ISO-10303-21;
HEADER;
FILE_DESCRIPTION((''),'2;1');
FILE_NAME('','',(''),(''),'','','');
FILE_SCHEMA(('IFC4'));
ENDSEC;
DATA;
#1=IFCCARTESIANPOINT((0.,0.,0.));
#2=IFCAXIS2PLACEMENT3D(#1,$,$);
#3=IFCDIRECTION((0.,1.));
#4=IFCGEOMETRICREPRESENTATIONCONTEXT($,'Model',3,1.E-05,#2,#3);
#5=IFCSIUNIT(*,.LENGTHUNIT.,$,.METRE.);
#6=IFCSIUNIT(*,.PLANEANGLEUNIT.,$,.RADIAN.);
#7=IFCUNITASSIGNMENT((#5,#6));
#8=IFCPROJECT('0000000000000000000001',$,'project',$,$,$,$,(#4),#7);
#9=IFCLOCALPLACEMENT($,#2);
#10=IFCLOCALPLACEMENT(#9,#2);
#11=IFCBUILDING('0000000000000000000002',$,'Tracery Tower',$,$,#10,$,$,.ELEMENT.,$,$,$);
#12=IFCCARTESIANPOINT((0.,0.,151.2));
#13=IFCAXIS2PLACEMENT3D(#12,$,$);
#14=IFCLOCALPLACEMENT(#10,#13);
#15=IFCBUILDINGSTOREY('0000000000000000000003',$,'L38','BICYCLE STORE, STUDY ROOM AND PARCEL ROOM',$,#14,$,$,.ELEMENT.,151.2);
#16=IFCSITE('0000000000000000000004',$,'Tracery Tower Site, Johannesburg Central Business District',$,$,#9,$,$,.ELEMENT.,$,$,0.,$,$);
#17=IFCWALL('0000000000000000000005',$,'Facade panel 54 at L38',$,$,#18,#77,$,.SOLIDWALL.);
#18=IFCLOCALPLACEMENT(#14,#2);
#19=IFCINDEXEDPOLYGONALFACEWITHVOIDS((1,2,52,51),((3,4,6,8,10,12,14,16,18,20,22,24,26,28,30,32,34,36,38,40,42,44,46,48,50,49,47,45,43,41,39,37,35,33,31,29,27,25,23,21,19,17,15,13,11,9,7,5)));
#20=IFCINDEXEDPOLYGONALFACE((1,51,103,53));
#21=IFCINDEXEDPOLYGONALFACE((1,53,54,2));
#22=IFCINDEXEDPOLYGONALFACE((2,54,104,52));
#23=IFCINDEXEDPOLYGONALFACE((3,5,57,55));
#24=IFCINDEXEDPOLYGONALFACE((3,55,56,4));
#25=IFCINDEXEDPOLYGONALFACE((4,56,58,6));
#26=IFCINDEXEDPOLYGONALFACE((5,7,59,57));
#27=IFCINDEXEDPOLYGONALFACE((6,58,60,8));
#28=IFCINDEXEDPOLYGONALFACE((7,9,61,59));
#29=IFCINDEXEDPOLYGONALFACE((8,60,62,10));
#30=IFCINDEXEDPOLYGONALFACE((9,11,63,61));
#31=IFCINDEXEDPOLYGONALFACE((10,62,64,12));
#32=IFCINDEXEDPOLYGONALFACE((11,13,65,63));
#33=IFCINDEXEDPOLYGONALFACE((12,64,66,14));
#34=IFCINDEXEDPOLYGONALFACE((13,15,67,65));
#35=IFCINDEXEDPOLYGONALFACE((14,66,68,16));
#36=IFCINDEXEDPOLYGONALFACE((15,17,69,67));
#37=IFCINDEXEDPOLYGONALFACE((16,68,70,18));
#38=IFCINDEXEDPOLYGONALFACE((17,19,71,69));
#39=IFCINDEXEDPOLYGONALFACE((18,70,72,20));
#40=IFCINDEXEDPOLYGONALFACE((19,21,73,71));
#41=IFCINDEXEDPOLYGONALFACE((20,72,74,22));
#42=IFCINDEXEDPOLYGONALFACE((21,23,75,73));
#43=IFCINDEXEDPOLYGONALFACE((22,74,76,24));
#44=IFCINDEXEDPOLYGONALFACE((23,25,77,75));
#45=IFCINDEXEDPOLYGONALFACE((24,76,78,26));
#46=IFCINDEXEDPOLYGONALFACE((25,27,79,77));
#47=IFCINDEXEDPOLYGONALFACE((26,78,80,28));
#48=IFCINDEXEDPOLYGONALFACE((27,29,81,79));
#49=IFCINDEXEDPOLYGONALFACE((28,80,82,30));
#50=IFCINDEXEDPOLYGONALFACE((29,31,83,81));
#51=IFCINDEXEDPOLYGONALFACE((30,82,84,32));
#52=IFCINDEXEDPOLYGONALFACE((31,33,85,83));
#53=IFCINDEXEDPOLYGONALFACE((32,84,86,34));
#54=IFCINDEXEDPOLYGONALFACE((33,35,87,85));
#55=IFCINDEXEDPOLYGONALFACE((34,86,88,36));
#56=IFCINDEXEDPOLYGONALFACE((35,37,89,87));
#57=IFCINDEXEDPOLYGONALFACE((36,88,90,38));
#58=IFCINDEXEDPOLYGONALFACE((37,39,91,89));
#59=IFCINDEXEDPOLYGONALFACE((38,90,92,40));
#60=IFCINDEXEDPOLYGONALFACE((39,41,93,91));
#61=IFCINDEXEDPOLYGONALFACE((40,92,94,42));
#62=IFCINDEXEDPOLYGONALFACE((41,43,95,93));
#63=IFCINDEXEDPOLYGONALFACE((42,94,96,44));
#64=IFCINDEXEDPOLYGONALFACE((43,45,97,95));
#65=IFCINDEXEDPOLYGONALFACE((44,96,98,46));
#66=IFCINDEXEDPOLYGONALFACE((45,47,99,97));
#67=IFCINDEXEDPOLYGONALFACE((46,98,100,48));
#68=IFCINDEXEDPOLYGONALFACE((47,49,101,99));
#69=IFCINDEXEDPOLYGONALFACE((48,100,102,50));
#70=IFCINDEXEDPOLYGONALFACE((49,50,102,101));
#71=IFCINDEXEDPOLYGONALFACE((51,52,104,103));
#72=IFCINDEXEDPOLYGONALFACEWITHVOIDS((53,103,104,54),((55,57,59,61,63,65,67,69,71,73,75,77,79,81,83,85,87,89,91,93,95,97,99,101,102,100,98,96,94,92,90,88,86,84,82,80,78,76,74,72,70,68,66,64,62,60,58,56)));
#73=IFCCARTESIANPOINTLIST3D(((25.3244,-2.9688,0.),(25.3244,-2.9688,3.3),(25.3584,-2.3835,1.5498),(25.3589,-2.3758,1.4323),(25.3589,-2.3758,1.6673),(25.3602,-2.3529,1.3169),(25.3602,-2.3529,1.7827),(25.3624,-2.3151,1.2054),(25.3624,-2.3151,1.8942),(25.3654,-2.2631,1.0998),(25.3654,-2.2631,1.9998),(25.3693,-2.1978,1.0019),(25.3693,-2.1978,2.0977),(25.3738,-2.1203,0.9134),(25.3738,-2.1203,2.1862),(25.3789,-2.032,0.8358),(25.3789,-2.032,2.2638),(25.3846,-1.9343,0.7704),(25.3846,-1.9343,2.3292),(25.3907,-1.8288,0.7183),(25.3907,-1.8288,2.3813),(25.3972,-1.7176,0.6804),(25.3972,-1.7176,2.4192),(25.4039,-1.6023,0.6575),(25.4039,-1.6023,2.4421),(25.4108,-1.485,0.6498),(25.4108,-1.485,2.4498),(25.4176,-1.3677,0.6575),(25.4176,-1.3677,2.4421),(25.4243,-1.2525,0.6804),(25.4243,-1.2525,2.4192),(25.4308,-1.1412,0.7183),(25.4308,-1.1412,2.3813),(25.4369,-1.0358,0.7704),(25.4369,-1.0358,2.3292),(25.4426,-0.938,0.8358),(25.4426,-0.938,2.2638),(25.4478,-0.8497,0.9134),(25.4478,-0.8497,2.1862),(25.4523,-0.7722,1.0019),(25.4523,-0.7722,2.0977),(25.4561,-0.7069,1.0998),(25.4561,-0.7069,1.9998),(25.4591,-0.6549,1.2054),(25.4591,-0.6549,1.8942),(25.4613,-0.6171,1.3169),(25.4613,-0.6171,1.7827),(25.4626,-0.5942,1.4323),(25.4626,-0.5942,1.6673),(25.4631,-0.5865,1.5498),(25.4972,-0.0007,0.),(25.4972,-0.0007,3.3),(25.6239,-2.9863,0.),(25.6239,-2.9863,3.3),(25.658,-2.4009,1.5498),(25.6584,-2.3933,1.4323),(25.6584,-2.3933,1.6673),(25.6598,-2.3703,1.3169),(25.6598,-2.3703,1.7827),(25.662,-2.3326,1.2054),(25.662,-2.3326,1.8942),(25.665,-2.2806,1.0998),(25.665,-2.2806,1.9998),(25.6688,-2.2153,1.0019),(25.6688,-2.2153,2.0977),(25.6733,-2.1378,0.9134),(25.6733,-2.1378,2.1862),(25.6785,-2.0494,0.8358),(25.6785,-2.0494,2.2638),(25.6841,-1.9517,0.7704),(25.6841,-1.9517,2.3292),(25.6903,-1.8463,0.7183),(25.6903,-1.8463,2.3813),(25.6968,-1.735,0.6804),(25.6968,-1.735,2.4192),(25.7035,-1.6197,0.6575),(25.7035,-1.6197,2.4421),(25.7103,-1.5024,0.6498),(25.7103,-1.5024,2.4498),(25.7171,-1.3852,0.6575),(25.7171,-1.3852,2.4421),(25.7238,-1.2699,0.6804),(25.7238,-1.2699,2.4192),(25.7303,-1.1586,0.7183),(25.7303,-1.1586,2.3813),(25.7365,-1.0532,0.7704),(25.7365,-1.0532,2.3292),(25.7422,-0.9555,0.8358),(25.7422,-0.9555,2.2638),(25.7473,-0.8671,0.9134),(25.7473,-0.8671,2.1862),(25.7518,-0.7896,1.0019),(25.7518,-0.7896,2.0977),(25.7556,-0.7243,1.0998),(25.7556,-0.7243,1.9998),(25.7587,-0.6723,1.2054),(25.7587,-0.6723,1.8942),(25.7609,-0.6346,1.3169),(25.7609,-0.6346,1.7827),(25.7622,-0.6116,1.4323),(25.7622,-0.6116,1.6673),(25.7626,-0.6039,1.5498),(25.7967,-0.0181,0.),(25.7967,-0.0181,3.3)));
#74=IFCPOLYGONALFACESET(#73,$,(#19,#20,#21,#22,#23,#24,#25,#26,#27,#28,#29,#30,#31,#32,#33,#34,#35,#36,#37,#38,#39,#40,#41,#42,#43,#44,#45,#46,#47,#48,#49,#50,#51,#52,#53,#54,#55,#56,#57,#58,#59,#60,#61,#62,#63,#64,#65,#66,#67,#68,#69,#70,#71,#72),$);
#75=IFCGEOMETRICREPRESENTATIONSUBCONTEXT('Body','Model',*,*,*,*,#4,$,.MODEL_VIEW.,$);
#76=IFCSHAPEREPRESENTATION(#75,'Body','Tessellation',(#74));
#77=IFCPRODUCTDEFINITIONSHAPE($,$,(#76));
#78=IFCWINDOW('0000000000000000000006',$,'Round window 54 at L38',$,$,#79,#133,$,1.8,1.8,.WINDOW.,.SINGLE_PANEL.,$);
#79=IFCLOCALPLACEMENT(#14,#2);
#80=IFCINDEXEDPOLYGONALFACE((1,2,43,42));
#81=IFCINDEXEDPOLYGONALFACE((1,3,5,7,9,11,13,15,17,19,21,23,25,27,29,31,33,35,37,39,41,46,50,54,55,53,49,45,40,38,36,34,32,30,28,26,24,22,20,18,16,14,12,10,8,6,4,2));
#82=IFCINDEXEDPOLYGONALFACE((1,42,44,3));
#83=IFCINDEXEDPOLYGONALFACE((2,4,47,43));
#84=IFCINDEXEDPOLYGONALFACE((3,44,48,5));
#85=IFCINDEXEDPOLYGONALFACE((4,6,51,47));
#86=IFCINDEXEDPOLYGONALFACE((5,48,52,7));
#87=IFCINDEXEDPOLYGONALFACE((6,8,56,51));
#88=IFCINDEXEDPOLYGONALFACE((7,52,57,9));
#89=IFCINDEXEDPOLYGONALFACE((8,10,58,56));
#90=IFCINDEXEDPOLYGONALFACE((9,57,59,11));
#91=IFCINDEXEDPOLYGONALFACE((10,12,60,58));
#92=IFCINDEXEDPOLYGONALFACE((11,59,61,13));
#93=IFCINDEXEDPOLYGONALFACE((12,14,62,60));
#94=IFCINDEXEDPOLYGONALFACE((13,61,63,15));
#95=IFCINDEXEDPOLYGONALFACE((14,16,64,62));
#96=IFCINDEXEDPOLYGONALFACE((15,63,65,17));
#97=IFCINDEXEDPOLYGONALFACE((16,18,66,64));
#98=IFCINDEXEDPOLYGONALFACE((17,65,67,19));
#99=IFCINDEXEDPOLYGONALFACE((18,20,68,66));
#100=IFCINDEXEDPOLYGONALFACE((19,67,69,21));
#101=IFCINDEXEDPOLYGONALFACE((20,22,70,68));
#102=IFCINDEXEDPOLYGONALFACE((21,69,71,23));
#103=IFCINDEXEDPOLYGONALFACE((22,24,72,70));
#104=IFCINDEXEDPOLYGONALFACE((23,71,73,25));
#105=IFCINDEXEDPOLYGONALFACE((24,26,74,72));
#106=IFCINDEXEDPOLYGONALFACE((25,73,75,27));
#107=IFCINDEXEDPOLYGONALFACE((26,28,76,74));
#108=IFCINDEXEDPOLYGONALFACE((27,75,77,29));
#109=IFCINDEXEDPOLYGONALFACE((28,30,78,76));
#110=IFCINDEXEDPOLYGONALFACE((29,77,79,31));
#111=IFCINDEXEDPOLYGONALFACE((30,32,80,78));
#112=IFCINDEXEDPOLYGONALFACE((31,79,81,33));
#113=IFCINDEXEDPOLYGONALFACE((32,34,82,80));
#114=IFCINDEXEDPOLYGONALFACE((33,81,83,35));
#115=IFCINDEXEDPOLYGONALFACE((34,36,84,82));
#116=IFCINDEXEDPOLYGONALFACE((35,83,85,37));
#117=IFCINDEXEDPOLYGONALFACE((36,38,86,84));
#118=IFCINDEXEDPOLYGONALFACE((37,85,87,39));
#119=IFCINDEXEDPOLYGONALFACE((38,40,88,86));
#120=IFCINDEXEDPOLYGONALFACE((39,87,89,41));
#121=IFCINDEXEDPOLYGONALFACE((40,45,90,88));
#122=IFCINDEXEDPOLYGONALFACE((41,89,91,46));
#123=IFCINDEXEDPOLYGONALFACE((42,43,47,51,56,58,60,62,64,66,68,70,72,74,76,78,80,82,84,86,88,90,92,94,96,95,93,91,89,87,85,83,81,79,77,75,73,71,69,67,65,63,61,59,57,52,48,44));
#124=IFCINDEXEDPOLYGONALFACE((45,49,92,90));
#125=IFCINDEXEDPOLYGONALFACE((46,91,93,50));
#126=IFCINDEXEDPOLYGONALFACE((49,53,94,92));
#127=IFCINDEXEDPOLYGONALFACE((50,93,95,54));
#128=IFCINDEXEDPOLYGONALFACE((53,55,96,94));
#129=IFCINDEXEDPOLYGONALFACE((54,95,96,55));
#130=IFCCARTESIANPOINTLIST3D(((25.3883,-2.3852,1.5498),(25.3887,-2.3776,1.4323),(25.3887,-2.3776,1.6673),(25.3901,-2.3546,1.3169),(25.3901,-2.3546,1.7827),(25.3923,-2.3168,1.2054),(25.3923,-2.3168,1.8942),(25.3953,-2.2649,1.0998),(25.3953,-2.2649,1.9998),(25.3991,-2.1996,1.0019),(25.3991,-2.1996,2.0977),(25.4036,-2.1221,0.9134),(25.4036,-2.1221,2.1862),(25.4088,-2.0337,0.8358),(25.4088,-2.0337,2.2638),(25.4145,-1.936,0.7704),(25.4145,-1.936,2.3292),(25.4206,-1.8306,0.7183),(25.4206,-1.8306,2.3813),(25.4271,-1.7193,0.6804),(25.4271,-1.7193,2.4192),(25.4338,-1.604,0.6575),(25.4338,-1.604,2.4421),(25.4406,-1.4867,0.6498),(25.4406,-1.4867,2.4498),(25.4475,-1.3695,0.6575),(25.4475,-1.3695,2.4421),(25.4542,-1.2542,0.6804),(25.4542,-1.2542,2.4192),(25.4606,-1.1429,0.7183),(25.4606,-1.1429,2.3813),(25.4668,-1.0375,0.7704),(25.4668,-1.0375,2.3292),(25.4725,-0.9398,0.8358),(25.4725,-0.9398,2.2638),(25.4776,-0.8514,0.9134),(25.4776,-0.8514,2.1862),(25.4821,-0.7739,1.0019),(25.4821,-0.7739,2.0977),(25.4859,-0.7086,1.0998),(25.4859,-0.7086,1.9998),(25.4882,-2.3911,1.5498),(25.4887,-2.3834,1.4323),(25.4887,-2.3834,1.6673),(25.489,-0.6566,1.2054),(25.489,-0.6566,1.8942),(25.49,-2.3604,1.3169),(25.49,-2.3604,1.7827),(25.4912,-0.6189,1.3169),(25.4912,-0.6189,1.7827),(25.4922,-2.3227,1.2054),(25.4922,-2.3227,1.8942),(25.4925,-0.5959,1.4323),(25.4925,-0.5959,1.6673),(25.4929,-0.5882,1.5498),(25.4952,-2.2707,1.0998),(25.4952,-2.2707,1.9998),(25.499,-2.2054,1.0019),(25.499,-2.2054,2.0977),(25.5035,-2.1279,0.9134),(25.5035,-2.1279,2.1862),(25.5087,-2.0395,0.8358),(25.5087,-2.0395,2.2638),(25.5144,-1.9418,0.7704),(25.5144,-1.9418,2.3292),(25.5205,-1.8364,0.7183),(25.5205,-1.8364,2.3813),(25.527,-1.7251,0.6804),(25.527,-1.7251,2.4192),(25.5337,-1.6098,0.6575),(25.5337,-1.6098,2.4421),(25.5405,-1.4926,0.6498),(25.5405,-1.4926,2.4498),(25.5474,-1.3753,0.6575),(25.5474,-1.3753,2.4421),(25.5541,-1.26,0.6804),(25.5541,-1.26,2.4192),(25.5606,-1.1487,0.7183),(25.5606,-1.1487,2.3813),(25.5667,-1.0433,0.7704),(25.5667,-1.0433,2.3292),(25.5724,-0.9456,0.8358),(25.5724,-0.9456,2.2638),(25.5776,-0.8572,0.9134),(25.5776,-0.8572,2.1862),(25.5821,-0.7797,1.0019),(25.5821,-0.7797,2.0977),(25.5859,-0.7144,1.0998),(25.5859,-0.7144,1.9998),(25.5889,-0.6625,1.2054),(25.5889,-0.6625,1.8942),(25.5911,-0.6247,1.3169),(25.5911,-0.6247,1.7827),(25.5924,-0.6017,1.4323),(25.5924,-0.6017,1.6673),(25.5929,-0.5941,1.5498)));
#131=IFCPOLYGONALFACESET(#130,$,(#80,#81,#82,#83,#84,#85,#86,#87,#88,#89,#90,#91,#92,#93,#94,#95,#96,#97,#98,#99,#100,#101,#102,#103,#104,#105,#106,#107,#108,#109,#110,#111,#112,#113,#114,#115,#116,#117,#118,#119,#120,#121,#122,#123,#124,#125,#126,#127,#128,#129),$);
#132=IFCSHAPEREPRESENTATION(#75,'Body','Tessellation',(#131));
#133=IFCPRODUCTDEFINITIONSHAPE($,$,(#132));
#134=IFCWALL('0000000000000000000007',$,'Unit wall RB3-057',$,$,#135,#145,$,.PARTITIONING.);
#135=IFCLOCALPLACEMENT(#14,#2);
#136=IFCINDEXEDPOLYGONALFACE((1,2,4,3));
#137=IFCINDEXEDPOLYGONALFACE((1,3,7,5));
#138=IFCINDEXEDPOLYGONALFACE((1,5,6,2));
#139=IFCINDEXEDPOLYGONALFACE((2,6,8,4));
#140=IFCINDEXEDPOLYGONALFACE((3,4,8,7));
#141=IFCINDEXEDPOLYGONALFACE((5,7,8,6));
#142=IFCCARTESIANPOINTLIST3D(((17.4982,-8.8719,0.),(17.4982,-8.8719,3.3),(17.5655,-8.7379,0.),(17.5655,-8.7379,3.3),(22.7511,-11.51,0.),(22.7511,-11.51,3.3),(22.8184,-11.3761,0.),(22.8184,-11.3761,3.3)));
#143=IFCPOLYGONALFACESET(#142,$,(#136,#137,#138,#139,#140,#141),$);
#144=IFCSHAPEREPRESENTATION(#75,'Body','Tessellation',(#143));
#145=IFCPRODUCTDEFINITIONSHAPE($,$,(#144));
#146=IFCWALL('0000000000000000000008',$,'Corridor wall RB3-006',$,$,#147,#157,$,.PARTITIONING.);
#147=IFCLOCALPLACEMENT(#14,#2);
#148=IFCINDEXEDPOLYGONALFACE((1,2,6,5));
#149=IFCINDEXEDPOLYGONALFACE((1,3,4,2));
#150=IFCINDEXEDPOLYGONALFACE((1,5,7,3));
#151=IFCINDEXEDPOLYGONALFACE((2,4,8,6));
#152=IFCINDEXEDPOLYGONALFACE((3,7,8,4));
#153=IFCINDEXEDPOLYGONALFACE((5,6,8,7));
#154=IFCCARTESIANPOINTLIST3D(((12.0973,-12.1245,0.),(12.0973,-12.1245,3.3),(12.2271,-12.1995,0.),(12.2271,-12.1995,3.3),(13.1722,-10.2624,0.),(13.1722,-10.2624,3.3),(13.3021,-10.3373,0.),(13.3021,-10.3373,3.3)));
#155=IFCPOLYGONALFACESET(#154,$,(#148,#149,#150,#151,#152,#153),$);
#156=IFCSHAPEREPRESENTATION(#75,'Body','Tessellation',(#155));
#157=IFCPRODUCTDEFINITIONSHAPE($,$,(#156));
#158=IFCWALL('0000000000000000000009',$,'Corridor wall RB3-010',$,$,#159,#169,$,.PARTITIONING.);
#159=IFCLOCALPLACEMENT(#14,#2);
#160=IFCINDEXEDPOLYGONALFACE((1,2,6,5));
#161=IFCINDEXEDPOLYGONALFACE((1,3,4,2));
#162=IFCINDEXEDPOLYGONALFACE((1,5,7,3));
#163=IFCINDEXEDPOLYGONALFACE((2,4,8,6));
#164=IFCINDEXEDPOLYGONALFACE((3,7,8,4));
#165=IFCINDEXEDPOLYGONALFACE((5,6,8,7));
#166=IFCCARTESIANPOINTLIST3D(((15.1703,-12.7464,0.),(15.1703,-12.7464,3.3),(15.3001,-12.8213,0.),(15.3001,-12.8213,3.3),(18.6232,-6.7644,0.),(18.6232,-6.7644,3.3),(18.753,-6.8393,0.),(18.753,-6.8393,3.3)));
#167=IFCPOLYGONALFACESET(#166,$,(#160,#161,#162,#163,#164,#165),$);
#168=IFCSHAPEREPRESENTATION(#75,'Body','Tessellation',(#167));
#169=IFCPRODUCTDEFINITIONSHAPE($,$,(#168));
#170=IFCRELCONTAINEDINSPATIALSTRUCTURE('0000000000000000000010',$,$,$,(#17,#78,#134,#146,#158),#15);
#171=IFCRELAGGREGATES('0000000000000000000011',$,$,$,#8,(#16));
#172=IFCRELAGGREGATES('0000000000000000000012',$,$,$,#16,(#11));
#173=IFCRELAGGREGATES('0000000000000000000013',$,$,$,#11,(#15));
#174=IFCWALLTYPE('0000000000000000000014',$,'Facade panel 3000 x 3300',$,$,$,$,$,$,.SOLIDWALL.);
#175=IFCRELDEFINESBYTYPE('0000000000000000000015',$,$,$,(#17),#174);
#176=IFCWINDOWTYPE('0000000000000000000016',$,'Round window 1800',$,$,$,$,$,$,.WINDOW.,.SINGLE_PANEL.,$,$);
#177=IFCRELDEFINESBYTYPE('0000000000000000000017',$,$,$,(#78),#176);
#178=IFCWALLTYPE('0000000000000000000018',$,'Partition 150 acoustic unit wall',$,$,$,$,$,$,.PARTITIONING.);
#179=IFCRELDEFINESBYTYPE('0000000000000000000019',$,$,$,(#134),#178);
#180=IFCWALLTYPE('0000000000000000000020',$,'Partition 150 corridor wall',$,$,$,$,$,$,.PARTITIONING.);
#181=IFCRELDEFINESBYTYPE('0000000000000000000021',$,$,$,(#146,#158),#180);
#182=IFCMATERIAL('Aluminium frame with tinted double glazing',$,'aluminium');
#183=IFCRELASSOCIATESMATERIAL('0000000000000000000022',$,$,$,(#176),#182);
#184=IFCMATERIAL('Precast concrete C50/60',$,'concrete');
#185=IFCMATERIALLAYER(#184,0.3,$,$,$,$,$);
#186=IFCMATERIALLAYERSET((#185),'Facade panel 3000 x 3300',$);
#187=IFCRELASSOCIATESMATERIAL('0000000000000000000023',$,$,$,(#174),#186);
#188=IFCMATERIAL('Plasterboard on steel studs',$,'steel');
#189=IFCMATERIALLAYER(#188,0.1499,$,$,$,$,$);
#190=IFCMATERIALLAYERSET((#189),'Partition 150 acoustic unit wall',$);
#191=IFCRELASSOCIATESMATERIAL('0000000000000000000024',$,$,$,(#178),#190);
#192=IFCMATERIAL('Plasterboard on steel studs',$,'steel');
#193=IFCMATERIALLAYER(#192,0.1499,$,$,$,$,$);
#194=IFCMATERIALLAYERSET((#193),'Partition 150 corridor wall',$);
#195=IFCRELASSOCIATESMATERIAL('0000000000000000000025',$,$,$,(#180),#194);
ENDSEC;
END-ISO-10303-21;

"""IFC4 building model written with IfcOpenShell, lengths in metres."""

from ifc_helpers import new_model, si_unit, direction, frame, frame_2d, origin, origin_2d, place, context, subcontext, project, spatial, rectangle, circle, extrude, material, layer, layer_set, type_object, element, fill, save


model = new_model("IFC4")

# Units and contexts
model_context = context("Model", 3, precision=1e-05, world=origin(), true_north=direction((0.0, 1.0)))
body_context = subcontext(model_context, "Body", "Model", "MODEL_VIEW")
ifc_project = project(units=[si_unit("LENGTHUNIT", "METRE"), si_unit("PLANEANGLEUNIT", "RADIAN")], contexts=[model_context])

# Site, building, storey
site_placement = place(None, origin())
site = spatial("IfcSite", under=ifc_project, at=site_placement, Name="Tracery Tower Site, Johannesburg Central Business District", CompositionType="ELEMENT", RefElevation=0.0)
building_placement = place(site_placement, origin())
building = spatial("IfcBuilding", under=site, at=building_placement, Name="Tracery Tower", CompositionType="ELEMENT")
storey_placement = place(building_placement, frame((0.0, 0.0, 151.2)))
storey = spatial("IfcBuildingStorey", under=building, at=storey_placement, Name="L38", Description="BICYCLE STORE, STUDY ROOM AND PARCEL ROOM", CompositionType="ELEMENT", Elevation=151.2)

# Wall, opening, window
ifc_material_1 = material(Name="Aluminium frame with tinted double glazing", Category="aluminium")
window_type = type_object("IfcWindowType", Name="Round window 1800", PartitioningType="SINGLE_PANEL", PredefinedType="WINDOW", material=ifc_material_1)
ifc_material_2 = material(Name="Precast concrete C50/60", Category="concrete")
ifc_layer_1 = layer(ifc_material_2, 0.3)
ifc_layer_set_1 = layer_set([ifc_layer_1], Name="Facade panel 3000 x 3300")
wall_type_1 = type_object("IfcWallType", Name="Facade panel 3000 x 3300", PredefinedType="SOLIDWALL", material=ifc_layer_set_1)
wall_1_placement = place(storey_placement, frame((25.4741, -2.9775, 0.0), z_axis=(0.0, 0.0, 1.0), x_axis=(0.05814, 0.998308, 0.0)))
wall_1 = element("IfcWall", 1, at=wall_1_placement, inside=storey, type_object=wall_type_1, Name="Facade panel 54 at L38", PredefinedType="SOLIDWALL", context=body_context, shape_type="SweptSolid", body=[
    extrude(rectangle(XDim=2.9731, YDim=0.3, at=frame_2d((1.4866, 0.0))), origin(), (0.0, 0.0, 1.0), 3.3),
])
opening_1_placement = place(wall_1_placement, frame((1.4863, 0.0, 1.5498)))
opening_1 = element("IfcOpeningElement", 2, at=opening_1_placement, cuts=wall_1, PredefinedType="OPENING", context=body_context, shape_type="SweptSolid", body=[
    extrude(circle(Radius=0.9, at=origin_2d()), frame((0.0, 0.1599, 0.0), z_axis=(0.0, -1.0, 0.0), x_axis=(1.0, 0.0, 0.0)), (0.0, 0.0, 1.0), 0.3201),
])
window_1_placement = place(opening_1_placement, origin())
window_1 = element("IfcWindow", 3, at=window_1_placement, inside=storey, type_object=window_type, Name="Round window 54 at L38", OverallHeight=1.8, OverallWidth=1.8, PartitioningType="SINGLE_PANEL", PredefinedType="WINDOW", context=body_context, shape_type="SweptSolid", body=[
    extrude(circle(Radius=0.9, at=origin_2d()), frame((0.0, 0.1201, 0.0), z_axis=(0.0, -1.0, 0.0), x_axis=(1.0, 0.0, 0.0)), (0.0, 0.0, 1.0), 0.1001),
])
fill(opening_1, window_1)

# Walls
ifc_material_3 = material(Name="Plasterboard on steel studs", Category="steel")
ifc_layer_2 = layer(ifc_material_3, 0.1499)
ifc_layer_set_2 = layer_set([ifc_layer_2], Name="Partition 150 acoustic unit wall")
wall_type_2 = type_object("IfcWallType", Name="Partition 150 acoustic unit wall", PredefinedType="PARTITIONING", material=ifc_layer_set_2)
wall_2_placement = place(storey_placement, frame((17.532, -8.8049, 0.0), z_axis=(0.0, 0.0, 1.0), x_axis=(0.893628, -0.448808, 0.0)))
element("IfcWall", 4, at=wall_2_placement, inside=storey, type_object=wall_type_2, Name="Unit wall RB3-057", PredefinedType="PARTITIONING", context=body_context, shape_type="SweptSolid", body=[
    extrude(rectangle(XDim=5.8782, YDim=0.1499, at=frame_2d((2.939, 0.0))), origin(), (0.0, 0.0, 1.0), 3.3),
])
ifc_material_4 = material(Name="Plasterboard on steel studs", Category="steel")
ifc_layer_3 = layer(ifc_material_4, 0.1499)
ifc_layer_set_3 = layer_set([ifc_layer_3], Name="Partition 150 corridor wall")
wall_type_3 = type_object("IfcWallType", Name="Partition 150 corridor wall", PredefinedType="PARTITIONING", material=ifc_layer_set_3)
wall_3_placement = place(storey_placement, frame((12.1621, -12.1621, 0.0), z_axis=(0.0, 0.0, 1.0), x_axis=(0.499962, 0.866048, 0.0)))
element("IfcWall", 5, at=wall_3_placement, inside=storey, type_object=wall_type_3, Name="Corridor wall RB3-006", PredefinedType="PARTITIONING", context=body_context, shape_type="SweptSolid", body=[
    extrude(rectangle(XDim=2.1501, YDim=0.1499, at=frame_2d((1.0752, 0.0))), origin(), (0.0, 0.0, 1.0), 3.3),
])
wall_4_placement = place(storey_placement, frame((15.2351, -12.7839, 0.0), z_axis=(0.0, 0.0, 1.0), x_axis=(0.499914, 0.866075, 0.0)))
element("IfcWall", 6, at=wall_4_placement, inside=storey, type_object=wall_type_3, Name="Corridor wall RB3-010", PredefinedType="PARTITIONING", context=body_context, shape_type="SweptSolid", body=[
    extrude(rectangle(XDim=6.907, YDim=0.1499, at=frame_2d((3.4536, 0.0))), origin(), (0.0, 0.0, 1.0), 3.3),
])

save(model, "model.ifc")
